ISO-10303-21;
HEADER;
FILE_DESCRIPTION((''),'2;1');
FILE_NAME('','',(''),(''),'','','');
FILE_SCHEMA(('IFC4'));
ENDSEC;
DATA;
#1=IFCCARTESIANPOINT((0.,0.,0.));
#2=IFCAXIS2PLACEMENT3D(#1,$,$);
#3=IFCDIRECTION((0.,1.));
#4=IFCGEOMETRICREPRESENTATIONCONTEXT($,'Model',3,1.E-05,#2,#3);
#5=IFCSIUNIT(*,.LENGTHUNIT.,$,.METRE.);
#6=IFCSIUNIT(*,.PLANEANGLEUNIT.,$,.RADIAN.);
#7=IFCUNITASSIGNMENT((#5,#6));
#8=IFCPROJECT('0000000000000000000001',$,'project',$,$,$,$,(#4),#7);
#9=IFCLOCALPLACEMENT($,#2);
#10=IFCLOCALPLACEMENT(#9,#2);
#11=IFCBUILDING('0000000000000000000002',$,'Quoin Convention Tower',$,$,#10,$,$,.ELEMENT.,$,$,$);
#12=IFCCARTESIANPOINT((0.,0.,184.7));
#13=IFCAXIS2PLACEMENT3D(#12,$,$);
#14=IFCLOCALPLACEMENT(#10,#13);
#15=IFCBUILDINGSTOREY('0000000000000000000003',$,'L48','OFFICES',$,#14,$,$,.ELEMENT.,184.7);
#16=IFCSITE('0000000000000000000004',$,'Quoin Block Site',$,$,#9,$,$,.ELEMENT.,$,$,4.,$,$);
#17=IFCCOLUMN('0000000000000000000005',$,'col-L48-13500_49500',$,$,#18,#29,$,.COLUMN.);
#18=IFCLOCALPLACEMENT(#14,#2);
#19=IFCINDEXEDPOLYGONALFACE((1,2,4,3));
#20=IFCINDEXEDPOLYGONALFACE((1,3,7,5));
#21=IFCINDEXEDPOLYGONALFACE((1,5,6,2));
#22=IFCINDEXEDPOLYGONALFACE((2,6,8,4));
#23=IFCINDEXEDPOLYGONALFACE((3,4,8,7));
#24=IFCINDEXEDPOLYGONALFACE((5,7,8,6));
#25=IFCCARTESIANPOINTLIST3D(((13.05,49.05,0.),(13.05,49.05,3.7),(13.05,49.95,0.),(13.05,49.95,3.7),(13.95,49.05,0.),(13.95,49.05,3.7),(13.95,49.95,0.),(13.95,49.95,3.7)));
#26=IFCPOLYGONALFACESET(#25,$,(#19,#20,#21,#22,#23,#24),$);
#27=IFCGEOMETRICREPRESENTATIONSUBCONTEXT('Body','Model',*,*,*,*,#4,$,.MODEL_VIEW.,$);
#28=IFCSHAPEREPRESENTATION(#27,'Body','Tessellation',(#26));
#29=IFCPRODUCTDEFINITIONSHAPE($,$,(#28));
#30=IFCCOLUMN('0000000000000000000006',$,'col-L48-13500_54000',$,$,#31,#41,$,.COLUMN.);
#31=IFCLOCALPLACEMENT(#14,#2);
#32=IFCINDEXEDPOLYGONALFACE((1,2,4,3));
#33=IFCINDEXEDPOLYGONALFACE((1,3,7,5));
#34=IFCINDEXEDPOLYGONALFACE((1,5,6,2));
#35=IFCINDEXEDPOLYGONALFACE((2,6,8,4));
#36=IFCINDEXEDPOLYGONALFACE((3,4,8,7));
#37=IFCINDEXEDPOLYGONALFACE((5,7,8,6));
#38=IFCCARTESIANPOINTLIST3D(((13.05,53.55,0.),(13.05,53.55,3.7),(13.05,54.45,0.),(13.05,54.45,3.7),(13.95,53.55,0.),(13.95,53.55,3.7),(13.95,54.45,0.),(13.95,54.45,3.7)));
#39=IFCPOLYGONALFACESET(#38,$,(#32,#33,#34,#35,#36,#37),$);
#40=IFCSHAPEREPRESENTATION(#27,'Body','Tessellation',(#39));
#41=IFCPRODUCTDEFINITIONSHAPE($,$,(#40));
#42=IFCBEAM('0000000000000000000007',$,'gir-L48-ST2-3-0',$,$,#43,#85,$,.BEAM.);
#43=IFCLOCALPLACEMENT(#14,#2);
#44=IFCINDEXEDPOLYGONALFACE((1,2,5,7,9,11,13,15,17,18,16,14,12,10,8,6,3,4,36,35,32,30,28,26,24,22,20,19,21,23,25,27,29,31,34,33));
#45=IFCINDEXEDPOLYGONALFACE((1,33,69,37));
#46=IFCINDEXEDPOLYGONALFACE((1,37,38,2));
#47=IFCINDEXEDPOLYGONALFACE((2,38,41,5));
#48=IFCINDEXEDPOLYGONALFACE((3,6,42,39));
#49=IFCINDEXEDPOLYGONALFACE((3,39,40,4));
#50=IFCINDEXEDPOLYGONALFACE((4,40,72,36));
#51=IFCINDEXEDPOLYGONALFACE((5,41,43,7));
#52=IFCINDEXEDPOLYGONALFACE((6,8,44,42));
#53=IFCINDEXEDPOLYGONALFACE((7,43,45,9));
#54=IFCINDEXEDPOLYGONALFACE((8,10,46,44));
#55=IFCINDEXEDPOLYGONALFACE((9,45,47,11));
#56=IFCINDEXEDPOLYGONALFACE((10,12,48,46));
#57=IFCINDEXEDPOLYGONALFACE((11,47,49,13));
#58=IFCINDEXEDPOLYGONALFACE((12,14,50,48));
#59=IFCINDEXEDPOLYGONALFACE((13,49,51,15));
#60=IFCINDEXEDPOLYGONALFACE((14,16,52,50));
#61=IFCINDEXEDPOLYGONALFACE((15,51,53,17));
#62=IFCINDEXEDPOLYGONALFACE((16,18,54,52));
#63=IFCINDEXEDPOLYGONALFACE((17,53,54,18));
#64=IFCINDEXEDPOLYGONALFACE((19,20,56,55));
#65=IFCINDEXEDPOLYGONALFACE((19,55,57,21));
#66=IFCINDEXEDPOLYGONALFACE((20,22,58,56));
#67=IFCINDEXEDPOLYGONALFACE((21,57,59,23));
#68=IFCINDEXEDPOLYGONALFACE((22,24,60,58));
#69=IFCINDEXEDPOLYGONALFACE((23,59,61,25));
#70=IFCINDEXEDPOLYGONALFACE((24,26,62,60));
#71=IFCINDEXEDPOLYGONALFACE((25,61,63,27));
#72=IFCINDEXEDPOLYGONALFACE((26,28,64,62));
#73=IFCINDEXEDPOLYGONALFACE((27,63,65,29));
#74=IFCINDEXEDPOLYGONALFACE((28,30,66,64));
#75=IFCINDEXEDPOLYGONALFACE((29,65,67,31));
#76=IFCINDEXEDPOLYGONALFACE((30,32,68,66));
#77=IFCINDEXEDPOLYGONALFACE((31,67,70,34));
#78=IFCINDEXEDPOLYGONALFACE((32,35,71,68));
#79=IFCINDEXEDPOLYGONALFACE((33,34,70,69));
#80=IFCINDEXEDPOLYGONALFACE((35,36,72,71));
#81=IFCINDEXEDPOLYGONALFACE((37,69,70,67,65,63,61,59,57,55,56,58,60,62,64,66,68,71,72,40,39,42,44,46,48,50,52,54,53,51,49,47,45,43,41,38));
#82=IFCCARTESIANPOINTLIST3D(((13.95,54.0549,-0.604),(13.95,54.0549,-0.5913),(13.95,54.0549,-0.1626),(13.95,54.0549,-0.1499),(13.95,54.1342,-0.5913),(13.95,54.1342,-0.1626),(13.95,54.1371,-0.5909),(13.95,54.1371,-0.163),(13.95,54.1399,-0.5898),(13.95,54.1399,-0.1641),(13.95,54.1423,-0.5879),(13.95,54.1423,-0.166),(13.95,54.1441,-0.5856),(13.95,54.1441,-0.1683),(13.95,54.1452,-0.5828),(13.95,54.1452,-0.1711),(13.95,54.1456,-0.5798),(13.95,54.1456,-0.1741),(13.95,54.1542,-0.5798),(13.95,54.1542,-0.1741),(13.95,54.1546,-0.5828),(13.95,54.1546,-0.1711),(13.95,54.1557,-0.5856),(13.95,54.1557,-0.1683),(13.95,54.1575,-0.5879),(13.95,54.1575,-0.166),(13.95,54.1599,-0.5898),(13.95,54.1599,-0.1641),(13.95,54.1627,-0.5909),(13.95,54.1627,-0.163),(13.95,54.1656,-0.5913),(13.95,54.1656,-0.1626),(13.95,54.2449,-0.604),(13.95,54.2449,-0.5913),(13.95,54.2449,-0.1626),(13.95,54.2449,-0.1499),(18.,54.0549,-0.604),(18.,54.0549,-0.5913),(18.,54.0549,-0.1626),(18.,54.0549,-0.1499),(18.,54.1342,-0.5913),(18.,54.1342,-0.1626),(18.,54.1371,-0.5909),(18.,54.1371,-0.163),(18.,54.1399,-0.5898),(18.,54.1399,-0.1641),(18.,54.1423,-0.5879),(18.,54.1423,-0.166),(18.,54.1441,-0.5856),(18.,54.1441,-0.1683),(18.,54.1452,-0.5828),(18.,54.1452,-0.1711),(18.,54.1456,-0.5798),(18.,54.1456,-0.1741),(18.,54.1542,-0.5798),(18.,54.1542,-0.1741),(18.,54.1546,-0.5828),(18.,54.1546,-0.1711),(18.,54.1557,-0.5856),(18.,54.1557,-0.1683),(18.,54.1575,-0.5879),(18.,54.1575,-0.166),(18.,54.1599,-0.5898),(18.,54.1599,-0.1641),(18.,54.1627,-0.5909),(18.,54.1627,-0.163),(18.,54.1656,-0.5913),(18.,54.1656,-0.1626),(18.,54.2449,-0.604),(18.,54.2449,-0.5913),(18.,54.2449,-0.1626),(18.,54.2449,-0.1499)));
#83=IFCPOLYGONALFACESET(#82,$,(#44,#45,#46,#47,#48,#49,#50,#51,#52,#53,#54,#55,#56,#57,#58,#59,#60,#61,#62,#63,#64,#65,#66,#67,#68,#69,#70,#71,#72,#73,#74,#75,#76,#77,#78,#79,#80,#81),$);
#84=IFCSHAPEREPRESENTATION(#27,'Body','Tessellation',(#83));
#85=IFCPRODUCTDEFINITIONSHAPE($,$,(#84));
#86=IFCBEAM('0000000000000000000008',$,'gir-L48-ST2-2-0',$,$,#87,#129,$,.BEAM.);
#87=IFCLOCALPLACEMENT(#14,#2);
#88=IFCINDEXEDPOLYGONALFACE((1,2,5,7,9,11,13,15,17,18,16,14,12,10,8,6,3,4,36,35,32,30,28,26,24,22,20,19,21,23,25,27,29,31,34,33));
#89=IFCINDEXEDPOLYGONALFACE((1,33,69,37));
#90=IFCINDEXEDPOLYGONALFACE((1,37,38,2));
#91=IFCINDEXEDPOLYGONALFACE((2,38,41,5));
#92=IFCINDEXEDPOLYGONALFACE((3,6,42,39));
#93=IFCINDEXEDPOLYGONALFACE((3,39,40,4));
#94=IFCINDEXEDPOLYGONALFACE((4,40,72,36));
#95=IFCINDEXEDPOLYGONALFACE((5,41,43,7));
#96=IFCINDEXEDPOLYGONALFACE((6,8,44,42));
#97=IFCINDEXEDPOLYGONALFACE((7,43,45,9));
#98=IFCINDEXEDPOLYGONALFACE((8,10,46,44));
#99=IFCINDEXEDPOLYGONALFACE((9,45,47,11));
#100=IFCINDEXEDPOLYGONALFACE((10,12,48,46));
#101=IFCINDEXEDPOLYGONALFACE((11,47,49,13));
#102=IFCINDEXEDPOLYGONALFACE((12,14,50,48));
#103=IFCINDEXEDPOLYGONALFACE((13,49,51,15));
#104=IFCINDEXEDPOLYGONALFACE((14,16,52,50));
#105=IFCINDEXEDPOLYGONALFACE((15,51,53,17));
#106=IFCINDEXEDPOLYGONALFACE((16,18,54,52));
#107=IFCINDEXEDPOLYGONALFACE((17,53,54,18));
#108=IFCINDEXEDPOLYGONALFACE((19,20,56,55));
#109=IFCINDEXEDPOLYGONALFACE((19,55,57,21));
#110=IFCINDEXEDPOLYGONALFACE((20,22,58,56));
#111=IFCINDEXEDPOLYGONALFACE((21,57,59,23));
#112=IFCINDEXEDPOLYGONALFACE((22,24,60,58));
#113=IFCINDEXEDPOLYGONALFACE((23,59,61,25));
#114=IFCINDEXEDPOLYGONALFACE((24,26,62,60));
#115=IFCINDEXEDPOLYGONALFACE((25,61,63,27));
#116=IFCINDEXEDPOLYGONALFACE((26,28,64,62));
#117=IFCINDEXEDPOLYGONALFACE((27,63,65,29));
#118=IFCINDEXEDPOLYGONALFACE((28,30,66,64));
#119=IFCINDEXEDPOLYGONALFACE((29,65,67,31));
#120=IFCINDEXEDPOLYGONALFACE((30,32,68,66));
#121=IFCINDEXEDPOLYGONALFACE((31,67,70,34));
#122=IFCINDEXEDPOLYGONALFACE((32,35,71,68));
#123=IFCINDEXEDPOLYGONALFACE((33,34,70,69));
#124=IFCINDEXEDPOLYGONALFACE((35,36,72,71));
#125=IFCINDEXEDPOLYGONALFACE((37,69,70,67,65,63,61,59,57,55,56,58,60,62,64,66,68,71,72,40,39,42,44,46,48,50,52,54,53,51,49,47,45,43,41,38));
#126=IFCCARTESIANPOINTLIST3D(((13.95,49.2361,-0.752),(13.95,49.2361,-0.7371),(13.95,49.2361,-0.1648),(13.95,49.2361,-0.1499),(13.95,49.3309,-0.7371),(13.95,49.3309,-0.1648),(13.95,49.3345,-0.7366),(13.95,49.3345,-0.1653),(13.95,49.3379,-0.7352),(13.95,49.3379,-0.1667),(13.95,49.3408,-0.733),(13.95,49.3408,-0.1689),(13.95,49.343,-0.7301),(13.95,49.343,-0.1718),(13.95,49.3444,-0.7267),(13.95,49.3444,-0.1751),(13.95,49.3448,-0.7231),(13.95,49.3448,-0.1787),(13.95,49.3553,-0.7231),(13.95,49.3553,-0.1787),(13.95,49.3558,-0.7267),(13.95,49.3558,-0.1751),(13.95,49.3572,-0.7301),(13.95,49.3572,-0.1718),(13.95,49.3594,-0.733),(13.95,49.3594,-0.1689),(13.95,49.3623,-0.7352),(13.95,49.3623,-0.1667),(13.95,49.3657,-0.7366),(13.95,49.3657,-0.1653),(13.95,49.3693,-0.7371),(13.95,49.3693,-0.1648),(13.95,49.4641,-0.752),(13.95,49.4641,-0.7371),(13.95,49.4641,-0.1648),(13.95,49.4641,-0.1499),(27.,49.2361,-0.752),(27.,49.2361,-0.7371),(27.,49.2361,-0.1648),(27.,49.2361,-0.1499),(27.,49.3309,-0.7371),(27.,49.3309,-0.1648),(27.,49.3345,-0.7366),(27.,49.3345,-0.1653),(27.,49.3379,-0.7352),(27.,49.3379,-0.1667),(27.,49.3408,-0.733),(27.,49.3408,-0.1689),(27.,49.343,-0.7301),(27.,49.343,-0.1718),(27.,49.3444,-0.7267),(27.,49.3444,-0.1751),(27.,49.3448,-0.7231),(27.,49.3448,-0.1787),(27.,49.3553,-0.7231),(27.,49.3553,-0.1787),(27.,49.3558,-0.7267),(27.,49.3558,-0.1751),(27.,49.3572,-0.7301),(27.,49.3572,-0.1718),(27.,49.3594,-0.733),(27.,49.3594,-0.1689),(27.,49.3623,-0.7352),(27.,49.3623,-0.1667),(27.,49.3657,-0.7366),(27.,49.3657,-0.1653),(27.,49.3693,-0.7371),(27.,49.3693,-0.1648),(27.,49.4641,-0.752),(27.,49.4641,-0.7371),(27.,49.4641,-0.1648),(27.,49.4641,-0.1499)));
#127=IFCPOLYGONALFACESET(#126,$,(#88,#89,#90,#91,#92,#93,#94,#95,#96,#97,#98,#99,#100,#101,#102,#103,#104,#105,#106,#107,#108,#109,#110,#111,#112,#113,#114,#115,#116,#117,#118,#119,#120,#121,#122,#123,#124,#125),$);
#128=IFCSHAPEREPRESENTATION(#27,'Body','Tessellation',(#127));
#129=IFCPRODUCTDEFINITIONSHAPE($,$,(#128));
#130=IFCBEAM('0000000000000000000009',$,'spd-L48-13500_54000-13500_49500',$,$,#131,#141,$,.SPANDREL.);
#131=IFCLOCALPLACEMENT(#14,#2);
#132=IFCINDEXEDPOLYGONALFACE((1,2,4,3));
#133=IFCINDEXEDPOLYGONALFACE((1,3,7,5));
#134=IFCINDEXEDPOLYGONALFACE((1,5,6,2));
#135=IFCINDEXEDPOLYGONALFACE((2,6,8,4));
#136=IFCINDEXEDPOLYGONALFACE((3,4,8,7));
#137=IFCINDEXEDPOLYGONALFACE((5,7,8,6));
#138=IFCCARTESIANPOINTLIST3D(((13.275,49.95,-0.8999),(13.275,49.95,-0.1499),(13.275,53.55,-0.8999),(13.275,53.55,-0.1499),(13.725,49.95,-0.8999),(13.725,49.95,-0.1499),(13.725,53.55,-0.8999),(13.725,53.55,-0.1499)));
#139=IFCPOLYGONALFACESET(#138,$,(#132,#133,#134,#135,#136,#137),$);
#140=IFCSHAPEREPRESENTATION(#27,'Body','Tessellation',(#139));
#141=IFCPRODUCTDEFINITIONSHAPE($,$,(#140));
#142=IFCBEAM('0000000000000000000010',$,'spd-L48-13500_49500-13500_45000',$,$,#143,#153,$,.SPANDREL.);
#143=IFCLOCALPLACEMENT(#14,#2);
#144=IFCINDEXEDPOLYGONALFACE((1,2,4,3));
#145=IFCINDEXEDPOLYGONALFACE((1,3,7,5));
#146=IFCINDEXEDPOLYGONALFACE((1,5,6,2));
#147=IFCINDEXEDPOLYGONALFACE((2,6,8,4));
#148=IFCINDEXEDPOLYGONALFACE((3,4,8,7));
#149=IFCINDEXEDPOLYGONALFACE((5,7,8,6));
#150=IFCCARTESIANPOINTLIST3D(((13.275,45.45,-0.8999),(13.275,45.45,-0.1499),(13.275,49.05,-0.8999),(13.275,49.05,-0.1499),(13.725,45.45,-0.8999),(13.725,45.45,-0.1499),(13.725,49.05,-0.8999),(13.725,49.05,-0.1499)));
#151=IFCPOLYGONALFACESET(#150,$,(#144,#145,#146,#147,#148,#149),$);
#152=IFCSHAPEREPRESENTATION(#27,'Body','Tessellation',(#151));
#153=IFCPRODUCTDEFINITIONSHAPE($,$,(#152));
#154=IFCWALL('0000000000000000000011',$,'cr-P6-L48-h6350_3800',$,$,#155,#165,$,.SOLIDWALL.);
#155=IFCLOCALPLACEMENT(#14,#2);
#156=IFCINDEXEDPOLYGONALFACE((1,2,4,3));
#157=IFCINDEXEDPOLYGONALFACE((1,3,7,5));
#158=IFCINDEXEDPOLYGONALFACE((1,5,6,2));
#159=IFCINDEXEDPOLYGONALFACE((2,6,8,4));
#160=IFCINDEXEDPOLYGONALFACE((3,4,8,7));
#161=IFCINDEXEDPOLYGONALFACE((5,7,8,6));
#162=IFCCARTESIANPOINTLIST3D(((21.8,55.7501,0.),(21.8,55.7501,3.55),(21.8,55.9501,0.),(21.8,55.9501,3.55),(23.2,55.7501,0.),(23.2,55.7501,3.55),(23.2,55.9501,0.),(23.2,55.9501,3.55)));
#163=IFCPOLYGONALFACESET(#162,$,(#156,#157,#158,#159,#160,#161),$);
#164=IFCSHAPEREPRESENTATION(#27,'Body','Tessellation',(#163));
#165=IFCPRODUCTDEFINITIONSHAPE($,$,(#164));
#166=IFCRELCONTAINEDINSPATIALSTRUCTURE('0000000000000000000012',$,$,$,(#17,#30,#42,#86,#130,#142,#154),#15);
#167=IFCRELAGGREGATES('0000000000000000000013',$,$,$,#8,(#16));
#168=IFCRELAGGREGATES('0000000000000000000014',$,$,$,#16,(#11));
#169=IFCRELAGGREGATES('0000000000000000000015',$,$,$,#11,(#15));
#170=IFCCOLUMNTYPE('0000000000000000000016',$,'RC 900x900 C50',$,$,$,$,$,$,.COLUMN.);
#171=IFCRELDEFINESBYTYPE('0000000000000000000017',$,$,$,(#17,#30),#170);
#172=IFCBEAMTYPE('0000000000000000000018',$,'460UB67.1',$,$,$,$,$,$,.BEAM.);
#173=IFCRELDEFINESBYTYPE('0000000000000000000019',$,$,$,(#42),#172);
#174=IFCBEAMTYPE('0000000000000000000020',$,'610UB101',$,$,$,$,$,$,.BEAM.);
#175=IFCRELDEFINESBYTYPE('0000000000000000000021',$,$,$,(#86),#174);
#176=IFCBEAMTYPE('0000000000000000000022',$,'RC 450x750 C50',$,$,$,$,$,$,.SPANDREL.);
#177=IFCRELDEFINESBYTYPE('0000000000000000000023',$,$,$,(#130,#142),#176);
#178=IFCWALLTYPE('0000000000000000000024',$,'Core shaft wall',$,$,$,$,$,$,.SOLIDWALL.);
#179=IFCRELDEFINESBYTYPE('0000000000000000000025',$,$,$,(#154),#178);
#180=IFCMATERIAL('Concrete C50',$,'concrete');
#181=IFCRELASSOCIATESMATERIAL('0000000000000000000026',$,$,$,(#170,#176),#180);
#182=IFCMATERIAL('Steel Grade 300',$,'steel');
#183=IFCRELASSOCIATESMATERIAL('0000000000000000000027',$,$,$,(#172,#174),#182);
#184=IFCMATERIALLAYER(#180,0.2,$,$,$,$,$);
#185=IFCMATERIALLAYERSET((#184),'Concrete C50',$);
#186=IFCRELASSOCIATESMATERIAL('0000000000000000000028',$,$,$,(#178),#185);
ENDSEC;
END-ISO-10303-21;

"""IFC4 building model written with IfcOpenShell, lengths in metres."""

from ifc_helpers import new_model, si_unit, direction, frame, frame_2d, origin, origin_2d, place, context, subcontext, project, spatial, rectangle, i_section, extrude, material, layer, layer_set, material_profile, profile_set, type_object, element, save


model = new_model("IFC4")

# Units and contexts
model_context = context("Model", 3, precision=1e-05, world=origin(), true_north=direction((0.0, 1.0)))
body_context = subcontext(model_context, "Body", "Model", "MODEL_VIEW")
ifc_project = project(units=[si_unit("LENGTHUNIT", "METRE"), si_unit("PLANEANGLEUNIT", "RADIAN")], contexts=[model_context])

# Site, building, storey
site_placement = place(None, origin())
site = spatial("IfcSite", under=ifc_project, at=site_placement, Name="Quoin Block Site", CompositionType="ELEMENT", RefElevation=4.0)
building_placement = place(site_placement, origin())
building = spatial("IfcBuilding", under=site, at=building_placement, Name="Quoin Convention Tower", CompositionType="ELEMENT")
storey_placement = place(building_placement, frame((0.0, 0.0, 184.7)))
storey = spatial("IfcBuildingStorey", under=building, at=storey_placement, Name="L48", Description="OFFICES", CompositionType="ELEMENT", Elevation=184.7)

# Columns
ifc_material_1 = material(Name="Concrete C50", Category="concrete")
ifc_material_profile_1 = material_profile(ifc_material_1, rectangle(XDim=0.8999, YDim=0.8999, at=origin_2d()), Name="RC 900x900")
ifc_profile_set_1 = profile_set([ifc_material_profile_1], Name="Concrete C50")
column_type = type_object("IfcColumnType", Name="RC 900x900 C50", PredefinedType="COLUMN", material=ifc_profile_set_1)
for number, where, z_axis, x_axis, name in (
    (1, (13.5, 49.5, 0.0), (0.0, 0.0, 1.0), (1.0, 0.0, 0.0), "col-L48-13500_49500"),
    (2, (13.5, 54.0, 0.0), (0.0, 0.0, 1.0), (1.0, 0.0, 0.0), "col-L48-13500_54000"),
):
    element("IfcColumn", number, at=place(storey_placement, frame(where, z_axis=z_axis, x_axis=x_axis)), inside=storey, type_object=column_type, Name=name, PredefinedType="COLUMN", context=body_context, shape_type="SweptSolid", body=[
        extrude(rectangle(XDim=0.8999, YDim=0.8999, at=origin_2d()), origin(), (0.0, 0.0, 1.0), 3.7),
    ])

# Beams
ifc_material_2 = material(Name="Steel Grade 300", Category="steel")
ifc_material_profile_2 = material_profile(ifc_material_2, i_section(OverallWidth=0.1899, OverallDepth=0.4541, WebThickness=0.0085, FlangeThickness=0.0127, FilletRadius=0.0115, at=origin_2d()), Name="460UB67.1")
ifc_profile_set_2 = profile_set([ifc_material_profile_2], Name="Steel Grade 300")
beam_type_1 = type_object("IfcBeamType", Name="460UB67.1", PredefinedType="BEAM", material=ifc_profile_set_2)
beam_1_placement = place(storey_placement, frame((13.95, 54.1499, -0.377), z_axis=(1.0, 0.0, 0.0), x_axis=(0.0, 1.0, 0.0)))
element("IfcBeam", 3, at=beam_1_placement, inside=storey, type_object=beam_type_1, Name="gir-L48-ST2-3-0", PredefinedType="BEAM", context=body_context, shape_type="SweptSolid", body=[
    extrude(i_section(OverallWidth=0.1899, OverallDepth=0.4541, WebThickness=0.0085, FlangeThickness=0.0127, FilletRadius=0.0115, at=origin_2d()), origin(), (0.0, 0.0, 1.0), 4.05),
])
ifc_material_profile_3 = material_profile(ifc_material_2, i_section(OverallWidth=0.228, OverallDepth=0.6021, WebThickness=0.0105, FlangeThickness=0.0149, FilletRadius=0.0139, at=origin_2d()), Name="610UB101")
ifc_profile_set_3 = profile_set([ifc_material_profile_3], Name="Steel Grade 300")
beam_type_2 = type_object("IfcBeamType", Name="610UB101", PredefinedType="BEAM", material=ifc_profile_set_3)
beam_2_placement = place(storey_placement, frame((13.95, 49.3501, -0.4509), z_axis=(1.0, 0.0, 0.0), x_axis=(0.0, 1.0, 0.0)))
element("IfcBeam", 4, at=beam_2_placement, inside=storey, type_object=beam_type_2, Name="gir-L48-ST2-2-0", PredefinedType="BEAM", context=body_context, shape_type="SweptSolid", body=[
    extrude(i_section(OverallWidth=0.228, OverallDepth=0.6021, WebThickness=0.0105, FlangeThickness=0.0149, FilletRadius=0.0139, at=origin_2d()), origin(), (0.0, 0.0, 1.0), 13.05),
])
ifc_material_profile_4 = material_profile(ifc_material_1, rectangle(XDim=0.45, YDim=0.75, at=origin_2d()), Name="RC 450x750")
ifc_profile_set_4 = profile_set([ifc_material_profile_4], Name="Concrete C50")
beam_type_3 = type_object("IfcBeamType", Name="RC 450x750 C50", PredefinedType="SPANDREL", material=ifc_profile_set_4)
for number, where, z_axis, x_axis, name in (
    (5, (13.5, 53.55, -0.5249), (0.0, -1.0, 0.0), (1.0, 0.0, 0.0), "spd-L48-13500_54000-13500_49500"),
    (6, (13.5, 49.05, -0.5249), (0.0, -1.0, 0.0), (1.0, 0.0, 0.0), "spd-L48-13500_49500-13500_45000"),
):
    element("IfcBeam", number, at=place(storey_placement, frame(where, z_axis=z_axis, x_axis=x_axis)), inside=storey, type_object=beam_type_3, Name=name, PredefinedType="SPANDREL", context=body_context, shape_type="SweptSolid", body=[
        extrude(rectangle(XDim=0.45, YDim=0.75, at=origin_2d()), origin(), (0.0, 0.0, 1.0), 3.6001),
    ])

# Wall
ifc_layer_1 = layer(ifc_material_1, 0.2)
ifc_layer_set_1 = layer_set([ifc_layer_1], Name="Concrete C50")
wall_type_1 = type_object("IfcWallType", Name="Core shaft wall", PredefinedType="SOLIDWALL", material=ifc_layer_set_1)
wall_1_placement = place(storey_placement, frame((21.8, 55.8501, 0.0), z_axis=(0.0, 0.0, 1.0), x_axis=(1.0, 0.0, 0.0)))
element("IfcWall", 7, at=wall_1_placement, inside=storey, type_object=wall_type_1, Name="cr-P6-L48-h6350_3800", PredefinedType="SOLIDWALL", context=body_context, shape_type="SweptSolid", body=[
    extrude(rectangle(XDim=1.3999, YDim=0.2, at=frame_2d((0.7, 0.0))), origin(), (0.0, 0.0, 1.0), 3.55),
])

save(model, "model.ifc")
